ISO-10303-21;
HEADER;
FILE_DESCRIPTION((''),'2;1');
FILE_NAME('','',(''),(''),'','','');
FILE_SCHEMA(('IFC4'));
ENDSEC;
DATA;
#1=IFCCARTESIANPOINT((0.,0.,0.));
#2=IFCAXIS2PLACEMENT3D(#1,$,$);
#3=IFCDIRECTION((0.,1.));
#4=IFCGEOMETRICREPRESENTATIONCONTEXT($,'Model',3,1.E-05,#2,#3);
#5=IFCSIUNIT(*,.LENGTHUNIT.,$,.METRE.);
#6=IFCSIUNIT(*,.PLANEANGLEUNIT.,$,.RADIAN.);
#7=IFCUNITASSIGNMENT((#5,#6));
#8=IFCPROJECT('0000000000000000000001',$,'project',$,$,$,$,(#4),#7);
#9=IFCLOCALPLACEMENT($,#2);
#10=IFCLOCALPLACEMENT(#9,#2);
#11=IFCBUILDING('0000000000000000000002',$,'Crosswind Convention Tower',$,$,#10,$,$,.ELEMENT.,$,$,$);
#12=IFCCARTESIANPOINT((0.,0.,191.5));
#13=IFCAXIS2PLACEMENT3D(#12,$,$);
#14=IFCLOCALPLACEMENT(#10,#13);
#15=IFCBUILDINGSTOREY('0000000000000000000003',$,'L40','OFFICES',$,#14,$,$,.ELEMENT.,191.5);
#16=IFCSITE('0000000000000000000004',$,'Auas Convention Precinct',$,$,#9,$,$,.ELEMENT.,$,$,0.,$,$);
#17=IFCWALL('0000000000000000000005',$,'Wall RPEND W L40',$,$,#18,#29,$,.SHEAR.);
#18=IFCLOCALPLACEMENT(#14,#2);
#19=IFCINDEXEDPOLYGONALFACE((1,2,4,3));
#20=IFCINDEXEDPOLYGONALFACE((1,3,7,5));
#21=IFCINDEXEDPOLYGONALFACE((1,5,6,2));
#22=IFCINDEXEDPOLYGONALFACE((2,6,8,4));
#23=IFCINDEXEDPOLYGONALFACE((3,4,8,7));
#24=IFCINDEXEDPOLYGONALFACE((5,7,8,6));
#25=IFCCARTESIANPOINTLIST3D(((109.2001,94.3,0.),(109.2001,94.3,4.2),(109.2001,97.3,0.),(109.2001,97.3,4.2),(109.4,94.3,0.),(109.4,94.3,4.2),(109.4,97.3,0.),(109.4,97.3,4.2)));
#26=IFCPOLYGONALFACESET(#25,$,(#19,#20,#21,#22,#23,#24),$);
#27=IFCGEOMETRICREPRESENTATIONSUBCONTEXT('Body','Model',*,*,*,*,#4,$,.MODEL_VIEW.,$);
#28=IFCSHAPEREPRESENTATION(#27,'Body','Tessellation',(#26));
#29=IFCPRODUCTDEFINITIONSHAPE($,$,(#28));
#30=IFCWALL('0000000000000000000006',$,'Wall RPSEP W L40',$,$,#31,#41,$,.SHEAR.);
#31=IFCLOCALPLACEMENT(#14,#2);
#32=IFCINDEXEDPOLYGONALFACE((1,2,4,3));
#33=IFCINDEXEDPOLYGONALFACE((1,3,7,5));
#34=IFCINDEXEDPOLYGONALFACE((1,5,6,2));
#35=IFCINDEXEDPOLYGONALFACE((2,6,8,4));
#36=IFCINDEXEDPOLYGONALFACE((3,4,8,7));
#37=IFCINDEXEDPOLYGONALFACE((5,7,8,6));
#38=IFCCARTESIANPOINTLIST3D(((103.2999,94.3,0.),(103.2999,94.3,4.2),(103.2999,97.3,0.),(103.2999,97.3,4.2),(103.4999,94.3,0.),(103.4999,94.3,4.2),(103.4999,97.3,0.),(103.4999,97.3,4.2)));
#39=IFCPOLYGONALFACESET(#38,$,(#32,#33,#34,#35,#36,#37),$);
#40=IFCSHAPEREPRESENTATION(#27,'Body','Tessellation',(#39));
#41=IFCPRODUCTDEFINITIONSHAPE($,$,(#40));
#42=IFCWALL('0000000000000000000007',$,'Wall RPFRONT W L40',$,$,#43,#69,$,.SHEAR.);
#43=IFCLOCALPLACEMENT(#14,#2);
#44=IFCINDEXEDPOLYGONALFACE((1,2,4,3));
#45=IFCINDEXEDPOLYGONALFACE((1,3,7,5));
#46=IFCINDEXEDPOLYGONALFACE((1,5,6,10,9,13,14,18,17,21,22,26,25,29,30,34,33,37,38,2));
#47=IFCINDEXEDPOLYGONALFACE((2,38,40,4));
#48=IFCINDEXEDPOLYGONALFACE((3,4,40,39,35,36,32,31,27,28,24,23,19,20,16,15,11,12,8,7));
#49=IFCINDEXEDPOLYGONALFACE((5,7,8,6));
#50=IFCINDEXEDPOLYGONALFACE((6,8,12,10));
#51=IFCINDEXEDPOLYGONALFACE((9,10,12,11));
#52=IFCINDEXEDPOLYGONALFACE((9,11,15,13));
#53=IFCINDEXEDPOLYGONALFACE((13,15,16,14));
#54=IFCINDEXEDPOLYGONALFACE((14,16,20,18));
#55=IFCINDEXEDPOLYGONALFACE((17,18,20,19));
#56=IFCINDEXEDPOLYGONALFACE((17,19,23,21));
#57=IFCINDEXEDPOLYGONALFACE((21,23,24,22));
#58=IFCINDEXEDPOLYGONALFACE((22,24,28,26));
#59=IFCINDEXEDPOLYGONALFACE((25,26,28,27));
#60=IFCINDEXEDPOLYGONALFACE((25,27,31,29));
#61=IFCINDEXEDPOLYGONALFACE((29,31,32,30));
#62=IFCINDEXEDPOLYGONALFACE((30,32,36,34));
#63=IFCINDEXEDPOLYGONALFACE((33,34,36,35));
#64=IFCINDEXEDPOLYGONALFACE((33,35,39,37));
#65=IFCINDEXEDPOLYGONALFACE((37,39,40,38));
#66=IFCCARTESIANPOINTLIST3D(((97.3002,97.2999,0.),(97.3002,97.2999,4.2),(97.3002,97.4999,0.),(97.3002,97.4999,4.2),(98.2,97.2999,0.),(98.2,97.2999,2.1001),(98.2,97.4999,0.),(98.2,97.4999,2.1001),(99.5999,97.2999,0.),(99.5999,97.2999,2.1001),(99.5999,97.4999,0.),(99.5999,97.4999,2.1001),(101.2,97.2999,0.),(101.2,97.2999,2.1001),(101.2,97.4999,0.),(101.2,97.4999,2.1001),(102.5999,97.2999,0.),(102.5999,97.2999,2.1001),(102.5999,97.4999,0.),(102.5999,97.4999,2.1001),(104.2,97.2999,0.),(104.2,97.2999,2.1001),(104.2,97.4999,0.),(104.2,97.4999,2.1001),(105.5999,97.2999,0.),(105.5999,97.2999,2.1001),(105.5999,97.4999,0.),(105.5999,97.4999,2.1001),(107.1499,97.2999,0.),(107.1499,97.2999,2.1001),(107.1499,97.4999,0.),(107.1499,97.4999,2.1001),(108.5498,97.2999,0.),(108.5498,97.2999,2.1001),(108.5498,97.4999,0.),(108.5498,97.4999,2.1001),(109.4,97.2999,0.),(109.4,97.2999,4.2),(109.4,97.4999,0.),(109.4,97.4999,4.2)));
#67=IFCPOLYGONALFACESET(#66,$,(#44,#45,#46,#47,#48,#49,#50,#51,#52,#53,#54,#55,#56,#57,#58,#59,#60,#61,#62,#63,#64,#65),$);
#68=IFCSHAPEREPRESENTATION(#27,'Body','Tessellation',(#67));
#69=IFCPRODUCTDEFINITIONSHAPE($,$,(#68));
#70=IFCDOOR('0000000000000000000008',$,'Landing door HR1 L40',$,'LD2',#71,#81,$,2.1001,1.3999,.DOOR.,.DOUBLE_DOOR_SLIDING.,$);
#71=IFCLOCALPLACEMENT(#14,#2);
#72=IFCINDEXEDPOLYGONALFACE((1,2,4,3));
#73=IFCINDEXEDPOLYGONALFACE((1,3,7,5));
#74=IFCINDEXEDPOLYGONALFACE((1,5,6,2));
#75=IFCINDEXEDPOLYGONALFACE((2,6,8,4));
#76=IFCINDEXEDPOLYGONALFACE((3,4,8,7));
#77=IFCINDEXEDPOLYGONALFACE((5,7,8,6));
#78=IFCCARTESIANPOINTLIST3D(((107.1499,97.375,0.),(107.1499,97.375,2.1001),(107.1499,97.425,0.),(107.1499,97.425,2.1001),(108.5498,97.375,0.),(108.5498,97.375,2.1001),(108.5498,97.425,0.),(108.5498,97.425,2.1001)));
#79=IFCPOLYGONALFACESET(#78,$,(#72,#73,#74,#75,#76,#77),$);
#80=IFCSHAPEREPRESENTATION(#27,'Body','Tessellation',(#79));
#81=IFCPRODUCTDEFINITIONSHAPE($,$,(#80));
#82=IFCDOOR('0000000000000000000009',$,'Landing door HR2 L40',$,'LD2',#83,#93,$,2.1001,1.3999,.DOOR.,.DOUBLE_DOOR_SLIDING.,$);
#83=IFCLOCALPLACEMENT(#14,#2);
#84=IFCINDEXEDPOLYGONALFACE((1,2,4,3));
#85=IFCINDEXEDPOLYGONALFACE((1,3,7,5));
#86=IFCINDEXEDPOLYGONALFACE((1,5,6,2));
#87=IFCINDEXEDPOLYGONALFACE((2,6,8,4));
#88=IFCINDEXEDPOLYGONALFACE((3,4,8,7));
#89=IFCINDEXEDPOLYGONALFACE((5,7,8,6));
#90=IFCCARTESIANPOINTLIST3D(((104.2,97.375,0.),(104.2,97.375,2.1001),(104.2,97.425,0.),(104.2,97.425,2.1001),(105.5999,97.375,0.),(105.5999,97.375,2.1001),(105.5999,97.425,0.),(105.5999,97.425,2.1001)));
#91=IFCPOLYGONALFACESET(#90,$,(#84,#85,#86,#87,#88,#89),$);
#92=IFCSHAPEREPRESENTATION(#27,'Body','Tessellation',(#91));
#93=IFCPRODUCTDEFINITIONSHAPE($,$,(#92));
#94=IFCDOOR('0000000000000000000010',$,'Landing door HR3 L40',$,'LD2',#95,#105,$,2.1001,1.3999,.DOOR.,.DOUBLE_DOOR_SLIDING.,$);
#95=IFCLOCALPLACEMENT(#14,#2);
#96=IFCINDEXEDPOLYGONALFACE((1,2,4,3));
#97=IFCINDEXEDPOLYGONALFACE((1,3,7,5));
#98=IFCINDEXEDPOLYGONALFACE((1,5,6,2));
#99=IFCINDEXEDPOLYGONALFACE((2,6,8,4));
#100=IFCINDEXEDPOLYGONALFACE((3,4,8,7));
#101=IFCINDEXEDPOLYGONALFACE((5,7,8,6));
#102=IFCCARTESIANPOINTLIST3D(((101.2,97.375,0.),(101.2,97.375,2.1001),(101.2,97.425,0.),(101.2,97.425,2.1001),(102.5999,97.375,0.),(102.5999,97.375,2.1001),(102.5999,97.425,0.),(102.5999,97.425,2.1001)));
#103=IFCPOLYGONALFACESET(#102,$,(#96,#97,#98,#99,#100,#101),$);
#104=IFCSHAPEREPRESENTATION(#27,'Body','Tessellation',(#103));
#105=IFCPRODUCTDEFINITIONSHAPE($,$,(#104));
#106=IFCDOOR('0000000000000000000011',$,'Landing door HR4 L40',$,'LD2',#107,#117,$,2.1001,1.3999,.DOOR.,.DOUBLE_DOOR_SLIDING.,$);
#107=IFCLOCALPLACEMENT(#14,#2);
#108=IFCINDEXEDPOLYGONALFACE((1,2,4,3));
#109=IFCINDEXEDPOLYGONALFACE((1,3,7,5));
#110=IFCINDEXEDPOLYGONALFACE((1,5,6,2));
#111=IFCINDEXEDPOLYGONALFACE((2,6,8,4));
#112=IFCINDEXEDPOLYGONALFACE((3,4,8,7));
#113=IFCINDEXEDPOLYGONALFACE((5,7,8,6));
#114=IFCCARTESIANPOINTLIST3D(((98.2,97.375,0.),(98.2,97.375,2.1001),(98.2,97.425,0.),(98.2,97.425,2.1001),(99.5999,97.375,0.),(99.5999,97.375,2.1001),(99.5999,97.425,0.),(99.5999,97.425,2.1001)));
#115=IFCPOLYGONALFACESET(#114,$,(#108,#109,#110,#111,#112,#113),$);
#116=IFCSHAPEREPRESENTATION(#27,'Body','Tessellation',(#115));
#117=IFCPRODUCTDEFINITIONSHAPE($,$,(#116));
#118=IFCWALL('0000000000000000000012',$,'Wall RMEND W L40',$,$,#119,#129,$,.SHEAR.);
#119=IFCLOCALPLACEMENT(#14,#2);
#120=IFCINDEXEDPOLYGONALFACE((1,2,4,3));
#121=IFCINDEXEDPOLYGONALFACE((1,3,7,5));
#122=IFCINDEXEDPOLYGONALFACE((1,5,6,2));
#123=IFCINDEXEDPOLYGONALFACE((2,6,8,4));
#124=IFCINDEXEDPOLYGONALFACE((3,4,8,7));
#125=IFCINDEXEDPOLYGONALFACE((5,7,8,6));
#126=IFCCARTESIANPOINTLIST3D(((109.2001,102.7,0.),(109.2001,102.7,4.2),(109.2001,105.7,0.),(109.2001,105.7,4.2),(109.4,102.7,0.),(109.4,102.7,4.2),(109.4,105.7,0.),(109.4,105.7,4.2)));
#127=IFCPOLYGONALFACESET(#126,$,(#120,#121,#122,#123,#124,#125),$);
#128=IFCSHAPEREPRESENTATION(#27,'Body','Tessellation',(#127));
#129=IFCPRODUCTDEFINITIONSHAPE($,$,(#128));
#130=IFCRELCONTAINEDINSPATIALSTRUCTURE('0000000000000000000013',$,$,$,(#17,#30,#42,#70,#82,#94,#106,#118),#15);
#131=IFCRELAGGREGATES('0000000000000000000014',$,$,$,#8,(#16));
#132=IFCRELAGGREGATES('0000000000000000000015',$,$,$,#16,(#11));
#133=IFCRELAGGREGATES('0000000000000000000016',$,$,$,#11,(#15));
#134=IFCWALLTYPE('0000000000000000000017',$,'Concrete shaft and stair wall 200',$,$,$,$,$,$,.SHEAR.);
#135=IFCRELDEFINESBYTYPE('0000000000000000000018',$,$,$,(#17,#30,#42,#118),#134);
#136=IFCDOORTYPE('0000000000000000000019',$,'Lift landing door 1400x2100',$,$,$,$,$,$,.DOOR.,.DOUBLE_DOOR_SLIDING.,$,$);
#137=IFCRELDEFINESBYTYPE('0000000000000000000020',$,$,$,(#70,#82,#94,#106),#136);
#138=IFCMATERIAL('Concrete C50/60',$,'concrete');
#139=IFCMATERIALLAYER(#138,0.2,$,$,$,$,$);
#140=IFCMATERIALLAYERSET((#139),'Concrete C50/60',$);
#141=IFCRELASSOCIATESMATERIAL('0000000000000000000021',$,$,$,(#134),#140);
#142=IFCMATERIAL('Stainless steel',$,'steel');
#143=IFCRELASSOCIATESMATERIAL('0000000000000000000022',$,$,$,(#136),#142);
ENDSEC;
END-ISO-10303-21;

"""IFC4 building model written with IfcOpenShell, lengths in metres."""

from ifc_helpers import new_model, si_unit, direction, frame, frame_2d, origin, place, context, subcontext, project, spatial, rectangle, extrude, material, layer, layer_set, type_object, element, fill, save


model = new_model("IFC4")

# Units and contexts
model_context = context("Model", 3, precision=1e-05, world=origin(), true_north=direction((0.0, 1.0)))
body_context = subcontext(model_context, "Body", "Model", "MODEL_VIEW")
ifc_project = project(units=[si_unit("LENGTHUNIT", "METRE"), si_unit("PLANEANGLEUNIT", "RADIAN")], contexts=[model_context])

# Site, building, storey
site_placement = place(None, origin())
site = spatial("IfcSite", under=ifc_project, at=site_placement, Name="Auas Convention Precinct", CompositionType="ELEMENT", RefElevation=0.0)
building_placement = place(site_placement, origin())
building = spatial("IfcBuilding", under=site, at=building_placement, Name="Crosswind Convention Tower", CompositionType="ELEMENT")
storey_placement = place(building_placement, frame((0.0, 0.0, 191.5)))
storey = spatial("IfcBuildingStorey", under=building, at=storey_placement, Name="L40", Description="OFFICES", CompositionType="ELEMENT", Elevation=191.5)

# Walls
ifc_material_1 = material(Name="Concrete C50/60", Category="concrete")
ifc_layer_1 = layer(ifc_material_1, 0.2)
ifc_layer_set_1 = layer_set([ifc_layer_1], Name="Concrete C50/60")
wall_type_1 = type_object("IfcWallType", Name="Concrete shaft and stair wall 200", PredefinedType="SHEAR", material=ifc_layer_set_1)
for number, where, z_axis, x_axis, name in (
    (1, (109.3, 97.3, 0.0), (0.0, 0.0, 1.0), (0.0, -1.0, 0.0), "Wall RPEND W L40"),
    (2, (103.3999, 97.3, 0.0), (0.0, 0.0, 1.0), (0.0, -1.0, 0.0), "Wall RPSEP W L40"),
):
    element("IfcWall", number, at=place(storey_placement, frame(where, z_axis=z_axis, x_axis=x_axis)), inside=storey, type_object=wall_type_1, Name=name, PredefinedType="SHEAR", context=body_context, shape_type="SweptSolid", body=[
        extrude(rectangle(XDim=3.0, YDim=0.2, at=frame_2d((1.5, 0.0))), origin(), (0.0, 0.0, 1.0), 4.2),
    ])

# Wall, openings, doors
wall_1_placement = place(storey_placement, frame((109.3999, 97.3999, 0.0), z_axis=(0.0, 0.0, 1.0), x_axis=(-1.0, 0.0, 0.0)))
wall_1 = element("IfcWall", 3, at=wall_1_placement, inside=storey, type_object=wall_type_1, Name="Wall RPFRONT W L40", PredefinedType="SHEAR", context=body_context, shape_type="SweptSolid", body=[
    extrude(rectangle(XDim=12.0999, YDim=0.2, at=frame_2d((6.0498, 0.0))), origin(), (0.0, 0.0, 1.0), 4.2),
])
opening_1_placement = place(wall_1_placement, frame((0.8501, 0.0, 0.0)))
opening_1 = element("IfcOpeningElement", 4, at=opening_1_placement, cuts=wall_1, PredefinedType="OPENING", context=body_context, shape_type="SweptSolid", body=[
    extrude(rectangle(XDim=1.3999, YDim=2.1001, at=frame_2d((0.7, 1.05))), frame((0.0, 0.1099, 0.0), z_axis=(0.0, -1.0, 0.0), x_axis=(1.0, 0.0, 0.0)), (0.0, 0.0, 1.0), 0.22),
])
opening_2_placement = place(wall_1_placement, frame((3.8, 0.0, 0.0)))
opening_2 = element("IfcOpeningElement", 5, at=opening_2_placement, cuts=wall_1, PredefinedType="OPENING", context=body_context, shape_type="SweptSolid", body=[
    extrude(rectangle(XDim=1.3999, YDim=2.1001, at=frame_2d((0.7, 1.05))), frame((0.0, 0.1099, 0.0), z_axis=(0.0, -1.0, 0.0), x_axis=(1.0, 0.0, 0.0)), (0.0, 0.0, 1.0), 0.22),
])
opening_3_placement = place(wall_1_placement, frame((6.8, 0.0, 0.0)))
opening_3 = element("IfcOpeningElement", 6, at=opening_3_placement, cuts=wall_1, PredefinedType="OPENING", context=body_context, shape_type="SweptSolid", body=[
    extrude(rectangle(XDim=1.3999, YDim=2.1001, at=frame_2d((0.7, 1.05))), frame((0.0, 0.1099, 0.0), z_axis=(0.0, -1.0, 0.0), x_axis=(1.0, 0.0, 0.0)), (0.0, 0.0, 1.0), 0.22),
])
opening_4_placement = place(wall_1_placement, frame((9.8, 0.0, 0.0)))
opening_4 = element("IfcOpeningElement", 7, at=opening_4_placement, cuts=wall_1, PredefinedType="OPENING", context=body_context, shape_type="SweptSolid", body=[
    extrude(rectangle(XDim=1.3999, YDim=2.1001, at=frame_2d((0.7, 1.05))), frame((0.0, 0.1099, 0.0), z_axis=(0.0, -1.0, 0.0), x_axis=(1.0, 0.0, 0.0)), (0.0, 0.0, 1.0), 0.22),
])
ifc_material_2 = material(Name="Stainless steel", Category="steel")
door_type_1 = type_object("IfcDoorType", Name="Lift landing door 1400x2100", OperationType="DOUBLE_DOOR_SLIDING", PredefinedType="DOOR", material=ifc_material_2)
door_1_placement = place(opening_1_placement, origin())
door_1 = element("IfcDoor", 8, at=door_1_placement, inside=storey, type_object=door_type_1, Name="Landing door HR1 L40", ObjectType="LD2", OperationType="DOUBLE_DOOR_SLIDING", OverallHeight=2.1001, OverallWidth=1.3999, PredefinedType="DOOR", context=body_context, shape_type="SweptSolid", body=[
    extrude(rectangle(XDim=1.3999, YDim=2.1001, at=frame_2d((0.7, 1.05))), frame((0.0, 0.0249, 0.0), z_axis=(0.0, -1.0, 0.0), x_axis=(1.0, 0.0, 0.0)), (0.0, 0.0, 1.0), 0.05),
])
fill(opening_1, door_1)
door_2_placement = place(opening_2_placement, origin())
door_2 = element("IfcDoor", 9, at=door_2_placement, inside=storey, type_object=door_type_1, Name="Landing door HR2 L40", ObjectType="LD2", OperationType="DOUBLE_DOOR_SLIDING", OverallHeight=2.1001, OverallWidth=1.3999, PredefinedType="DOOR", context=body_context, shape_type="SweptSolid", body=[
    extrude(rectangle(XDim=1.3999, YDim=2.1001, at=frame_2d((0.7, 1.05))), frame((0.0, 0.0249, 0.0), z_axis=(0.0, -1.0, 0.0), x_axis=(1.0, 0.0, 0.0)), (0.0, 0.0, 1.0), 0.05),
])
fill(opening_2, door_2)
door_3_placement = place(opening_3_placement, origin())
door_3 = element("IfcDoor", 10, at=door_3_placement, inside=storey, type_object=door_type_1, Name="Landing door HR3 L40", ObjectType="LD2", OperationType="DOUBLE_DOOR_SLIDING", OverallHeight=2.1001, OverallWidth=1.3999, PredefinedType="DOOR", context=body_context, shape_type="SweptSolid", body=[
    extrude(rectangle(XDim=1.3999, YDim=2.1001, at=frame_2d((0.7, 1.05))), frame((0.0, 0.0249, 0.0), z_axis=(0.0, -1.0, 0.0), x_axis=(1.0, 0.0, 0.0)), (0.0, 0.0, 1.0), 0.05),
])
fill(opening_3, door_3)
door_4_placement = place(opening_4_placement, origin())
door_4 = element("IfcDoor", 11, at=door_4_placement, inside=storey, type_object=door_type_1, Name="Landing door HR4 L40", ObjectType="LD2", OperationType="DOUBLE_DOOR_SLIDING", OverallHeight=2.1001, OverallWidth=1.3999, PredefinedType="DOOR", context=body_context, shape_type="SweptSolid", body=[
    extrude(rectangle(XDim=1.3999, YDim=2.1001, at=frame_2d((0.7, 1.05))), frame((0.0, 0.0249, 0.0), z_axis=(0.0, -1.0, 0.0), x_axis=(1.0, 0.0, 0.0)), (0.0, 0.0, 1.0), 0.05),
])
fill(opening_4, door_4)

# Wall
wall_2_placement = place(storey_placement, frame((109.3, 105.7, 0.0), z_axis=(0.0, 0.0, 1.0), x_axis=(0.0, -1.0, 0.0)))
element("IfcWall", 12, at=wall_2_placement, inside=storey, type_object=wall_type_1, Name="Wall RMEND W L40", PredefinedType="SHEAR", context=body_context, shape_type="SweptSolid", body=[
    extrude(rectangle(XDim=3.0, YDim=0.2, at=frame_2d((1.5, 0.0))), origin(), (0.0, 0.0, 1.0), 4.2),
])

save(model, "model.ifc")
